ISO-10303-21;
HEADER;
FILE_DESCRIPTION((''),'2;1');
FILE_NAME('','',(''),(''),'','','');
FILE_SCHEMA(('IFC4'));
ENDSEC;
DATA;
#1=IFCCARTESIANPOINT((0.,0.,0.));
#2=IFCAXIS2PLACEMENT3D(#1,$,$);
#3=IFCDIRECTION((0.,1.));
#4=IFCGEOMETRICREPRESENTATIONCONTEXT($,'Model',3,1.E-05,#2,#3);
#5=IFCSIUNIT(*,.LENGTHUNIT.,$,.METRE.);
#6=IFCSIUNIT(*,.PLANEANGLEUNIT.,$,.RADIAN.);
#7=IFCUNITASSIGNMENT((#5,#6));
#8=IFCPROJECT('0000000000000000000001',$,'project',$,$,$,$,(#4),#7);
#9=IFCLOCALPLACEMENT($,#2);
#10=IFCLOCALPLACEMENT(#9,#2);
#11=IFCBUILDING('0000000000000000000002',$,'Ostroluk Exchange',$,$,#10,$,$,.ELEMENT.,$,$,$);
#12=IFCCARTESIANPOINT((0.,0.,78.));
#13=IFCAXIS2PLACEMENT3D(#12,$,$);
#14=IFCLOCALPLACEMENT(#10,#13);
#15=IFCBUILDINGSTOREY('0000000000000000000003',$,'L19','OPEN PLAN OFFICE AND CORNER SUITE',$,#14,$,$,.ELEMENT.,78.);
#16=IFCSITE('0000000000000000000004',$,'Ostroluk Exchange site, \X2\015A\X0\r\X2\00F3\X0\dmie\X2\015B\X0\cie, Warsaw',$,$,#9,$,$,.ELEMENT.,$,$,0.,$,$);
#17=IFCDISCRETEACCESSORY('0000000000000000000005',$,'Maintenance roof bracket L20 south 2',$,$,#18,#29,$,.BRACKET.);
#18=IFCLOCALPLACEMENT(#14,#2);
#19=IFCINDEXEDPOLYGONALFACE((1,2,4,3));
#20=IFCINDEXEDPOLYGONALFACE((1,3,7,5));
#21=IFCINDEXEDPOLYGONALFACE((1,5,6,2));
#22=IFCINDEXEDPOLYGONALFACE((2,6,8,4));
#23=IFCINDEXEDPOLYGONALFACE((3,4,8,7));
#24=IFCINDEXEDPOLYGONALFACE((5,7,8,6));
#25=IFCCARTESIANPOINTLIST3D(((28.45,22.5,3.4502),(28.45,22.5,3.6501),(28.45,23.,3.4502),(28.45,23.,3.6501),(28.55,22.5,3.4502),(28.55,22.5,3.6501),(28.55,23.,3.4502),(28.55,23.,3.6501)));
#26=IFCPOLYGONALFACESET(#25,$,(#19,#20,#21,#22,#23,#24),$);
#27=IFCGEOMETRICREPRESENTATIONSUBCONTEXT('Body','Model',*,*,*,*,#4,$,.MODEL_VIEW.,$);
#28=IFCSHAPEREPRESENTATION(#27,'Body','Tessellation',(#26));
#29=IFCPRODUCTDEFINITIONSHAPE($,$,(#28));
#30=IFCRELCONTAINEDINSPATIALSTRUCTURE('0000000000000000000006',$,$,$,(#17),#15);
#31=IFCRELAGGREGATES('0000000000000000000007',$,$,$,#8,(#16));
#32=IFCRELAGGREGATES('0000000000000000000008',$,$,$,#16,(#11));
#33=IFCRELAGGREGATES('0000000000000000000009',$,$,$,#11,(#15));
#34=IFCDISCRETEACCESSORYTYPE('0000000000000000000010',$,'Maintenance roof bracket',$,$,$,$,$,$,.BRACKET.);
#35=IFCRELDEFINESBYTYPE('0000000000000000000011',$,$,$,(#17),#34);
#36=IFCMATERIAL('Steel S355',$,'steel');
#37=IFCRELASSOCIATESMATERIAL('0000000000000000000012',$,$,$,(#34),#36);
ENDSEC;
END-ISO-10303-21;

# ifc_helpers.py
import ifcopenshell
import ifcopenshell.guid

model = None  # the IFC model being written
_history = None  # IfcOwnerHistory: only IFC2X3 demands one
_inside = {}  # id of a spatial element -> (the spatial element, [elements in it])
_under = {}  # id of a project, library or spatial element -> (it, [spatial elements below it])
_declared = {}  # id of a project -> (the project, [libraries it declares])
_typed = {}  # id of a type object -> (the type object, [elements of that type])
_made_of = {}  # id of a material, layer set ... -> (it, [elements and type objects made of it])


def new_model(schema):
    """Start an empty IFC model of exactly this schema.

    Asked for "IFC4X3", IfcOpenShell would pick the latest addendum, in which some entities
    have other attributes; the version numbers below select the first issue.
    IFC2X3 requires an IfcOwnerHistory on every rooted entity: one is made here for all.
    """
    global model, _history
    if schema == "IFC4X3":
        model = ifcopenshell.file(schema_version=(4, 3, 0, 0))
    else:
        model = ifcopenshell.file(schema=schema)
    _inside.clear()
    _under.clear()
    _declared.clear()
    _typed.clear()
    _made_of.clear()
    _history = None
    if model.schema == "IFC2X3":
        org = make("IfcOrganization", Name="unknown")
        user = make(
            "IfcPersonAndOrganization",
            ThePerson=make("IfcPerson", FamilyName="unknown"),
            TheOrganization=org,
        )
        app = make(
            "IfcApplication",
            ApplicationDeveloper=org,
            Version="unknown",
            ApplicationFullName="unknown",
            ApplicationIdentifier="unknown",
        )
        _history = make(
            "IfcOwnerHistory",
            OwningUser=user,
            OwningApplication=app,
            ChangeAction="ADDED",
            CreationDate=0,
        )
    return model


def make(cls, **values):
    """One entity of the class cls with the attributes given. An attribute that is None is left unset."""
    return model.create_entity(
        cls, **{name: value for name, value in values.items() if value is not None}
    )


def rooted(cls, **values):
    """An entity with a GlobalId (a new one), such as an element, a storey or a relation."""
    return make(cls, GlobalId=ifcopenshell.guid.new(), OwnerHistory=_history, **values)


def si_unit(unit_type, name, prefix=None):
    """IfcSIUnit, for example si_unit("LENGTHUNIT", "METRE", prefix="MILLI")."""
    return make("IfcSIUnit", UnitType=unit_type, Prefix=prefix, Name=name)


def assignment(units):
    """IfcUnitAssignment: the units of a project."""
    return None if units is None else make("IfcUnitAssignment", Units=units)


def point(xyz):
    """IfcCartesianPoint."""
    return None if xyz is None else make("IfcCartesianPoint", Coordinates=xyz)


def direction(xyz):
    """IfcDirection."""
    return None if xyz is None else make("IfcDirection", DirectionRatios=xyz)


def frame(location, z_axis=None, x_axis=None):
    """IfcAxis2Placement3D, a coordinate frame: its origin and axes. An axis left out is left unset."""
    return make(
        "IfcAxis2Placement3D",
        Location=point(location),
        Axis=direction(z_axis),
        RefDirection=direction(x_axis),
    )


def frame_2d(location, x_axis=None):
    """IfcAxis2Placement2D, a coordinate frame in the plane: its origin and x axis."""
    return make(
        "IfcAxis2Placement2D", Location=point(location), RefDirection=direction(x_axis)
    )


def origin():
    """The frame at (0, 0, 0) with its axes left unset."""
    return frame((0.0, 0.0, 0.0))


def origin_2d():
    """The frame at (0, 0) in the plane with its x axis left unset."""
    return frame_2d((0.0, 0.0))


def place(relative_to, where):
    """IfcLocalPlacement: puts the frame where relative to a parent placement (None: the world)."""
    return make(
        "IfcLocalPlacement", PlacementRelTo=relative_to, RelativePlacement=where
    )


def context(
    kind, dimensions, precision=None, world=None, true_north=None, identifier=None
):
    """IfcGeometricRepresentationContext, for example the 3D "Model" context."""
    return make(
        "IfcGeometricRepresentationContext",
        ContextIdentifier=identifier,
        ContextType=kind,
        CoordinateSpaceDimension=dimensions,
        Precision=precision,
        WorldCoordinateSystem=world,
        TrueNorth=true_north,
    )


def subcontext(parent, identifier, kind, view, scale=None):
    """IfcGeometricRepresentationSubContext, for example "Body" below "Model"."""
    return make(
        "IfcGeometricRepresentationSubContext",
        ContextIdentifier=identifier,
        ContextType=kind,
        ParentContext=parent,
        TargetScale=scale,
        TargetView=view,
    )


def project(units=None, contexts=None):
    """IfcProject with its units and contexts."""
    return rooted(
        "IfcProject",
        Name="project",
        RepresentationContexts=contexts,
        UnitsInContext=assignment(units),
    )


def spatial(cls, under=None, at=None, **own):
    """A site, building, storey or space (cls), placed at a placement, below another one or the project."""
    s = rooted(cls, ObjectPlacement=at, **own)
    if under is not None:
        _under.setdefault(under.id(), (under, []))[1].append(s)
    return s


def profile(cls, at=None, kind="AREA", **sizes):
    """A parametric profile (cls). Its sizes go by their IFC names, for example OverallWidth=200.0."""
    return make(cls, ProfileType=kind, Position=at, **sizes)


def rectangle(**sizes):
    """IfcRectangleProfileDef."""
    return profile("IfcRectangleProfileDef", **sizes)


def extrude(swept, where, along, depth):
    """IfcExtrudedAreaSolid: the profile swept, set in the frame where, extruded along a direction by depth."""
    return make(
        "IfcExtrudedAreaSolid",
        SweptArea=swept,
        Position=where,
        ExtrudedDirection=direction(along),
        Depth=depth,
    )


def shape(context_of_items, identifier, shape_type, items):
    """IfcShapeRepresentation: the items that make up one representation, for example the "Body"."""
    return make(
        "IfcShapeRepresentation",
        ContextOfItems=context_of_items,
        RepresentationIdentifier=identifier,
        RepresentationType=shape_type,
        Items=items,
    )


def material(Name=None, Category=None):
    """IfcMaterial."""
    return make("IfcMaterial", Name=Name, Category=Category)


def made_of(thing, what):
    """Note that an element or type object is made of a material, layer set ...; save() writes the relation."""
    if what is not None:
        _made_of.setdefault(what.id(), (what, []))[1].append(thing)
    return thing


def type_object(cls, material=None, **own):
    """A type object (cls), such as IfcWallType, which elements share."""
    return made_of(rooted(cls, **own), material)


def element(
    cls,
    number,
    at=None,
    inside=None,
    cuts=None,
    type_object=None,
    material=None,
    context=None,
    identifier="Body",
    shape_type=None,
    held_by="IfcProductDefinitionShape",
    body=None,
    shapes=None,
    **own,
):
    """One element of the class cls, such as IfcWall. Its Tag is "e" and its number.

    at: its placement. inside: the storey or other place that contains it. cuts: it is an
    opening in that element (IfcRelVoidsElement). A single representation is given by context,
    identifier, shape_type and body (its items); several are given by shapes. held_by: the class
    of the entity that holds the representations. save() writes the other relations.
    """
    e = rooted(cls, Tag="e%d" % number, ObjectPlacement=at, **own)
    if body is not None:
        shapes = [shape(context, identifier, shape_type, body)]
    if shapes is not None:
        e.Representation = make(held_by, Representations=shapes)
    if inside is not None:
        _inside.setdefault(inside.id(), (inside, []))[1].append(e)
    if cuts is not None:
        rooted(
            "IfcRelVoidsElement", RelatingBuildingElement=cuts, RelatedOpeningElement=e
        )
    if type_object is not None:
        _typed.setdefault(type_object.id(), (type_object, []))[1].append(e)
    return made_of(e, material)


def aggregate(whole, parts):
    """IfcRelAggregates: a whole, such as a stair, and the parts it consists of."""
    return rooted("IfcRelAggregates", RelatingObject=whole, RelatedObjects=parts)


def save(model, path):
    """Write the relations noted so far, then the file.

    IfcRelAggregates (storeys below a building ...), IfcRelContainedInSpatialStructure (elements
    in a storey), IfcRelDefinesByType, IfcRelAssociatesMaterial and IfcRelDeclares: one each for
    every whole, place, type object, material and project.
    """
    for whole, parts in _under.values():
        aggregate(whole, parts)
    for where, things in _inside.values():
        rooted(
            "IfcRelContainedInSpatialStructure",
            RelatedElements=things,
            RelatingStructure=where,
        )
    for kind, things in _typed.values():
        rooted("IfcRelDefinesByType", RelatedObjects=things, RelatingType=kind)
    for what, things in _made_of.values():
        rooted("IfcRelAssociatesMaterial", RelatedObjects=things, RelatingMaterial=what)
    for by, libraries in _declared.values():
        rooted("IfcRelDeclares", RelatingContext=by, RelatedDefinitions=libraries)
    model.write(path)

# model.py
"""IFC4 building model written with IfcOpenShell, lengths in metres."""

from ifc_helpers import new_model, si_unit, direction, frame, origin, origin_2d, place, context, subcontext, project, spatial, rectangle, extrude, material, type_object, element, save


model = new_model("IFC4")

# Units and contexts
model_context = context("Model", 3, precision=1e-05, world=origin(), true_north=direction((0.0, 1.0)))
body_context = subcontext(model_context, "Body", "Model", "MODEL_VIEW")
ifc_project = project(units=[si_unit("LENGTHUNIT", "METRE"), si_unit("PLANEANGLEUNIT", "RADIAN")], contexts=[model_context])

# Site, building, storey
site_placement = place(None, origin())
site = spatial("IfcSite", under=ifc_project, at=site_placement, Name="Ostroluk Exchange site, Śródmieście, Warsaw", CompositionType="ELEMENT", RefElevation=0.0)
building_placement = place(site_placement, origin())
building = spatial("IfcBuilding", under=site, at=building_placement, Name="Ostroluk Exchange", CompositionType="ELEMENT")
storey_placement = place(building_placement, frame((0.0, 0.0, 78.0)))
storey = spatial("IfcBuildingStorey", under=building, at=storey_placement, Name="L19", Description="OPEN PLAN OFFICE AND CORNER SUITE", CompositionType="ELEMENT", Elevation=78.0)

# Discrete accessory
ifc_material_1 = material(Name="Steel S355", Category="steel")
discrete_accessory_type = type_object("IfcDiscreteAccessoryType", Name="Maintenance roof bracket", PredefinedType="BRACKET", material=ifc_material_1)
for number, where, z_axis, x_axis, name in (
    (1, (28.5, 22.75, 3.4502), (0.0, 0.0, 1.0), (1.0, 0.0, 0.0), "Maintenance roof bracket L20 south 2"),
):
    element("IfcDiscreteAccessory", number, at=place(storey_placement, frame(where, z_axis=z_axis, x_axis=x_axis)), inside=storey, type_object=discrete_accessory_type, Name=name, PredefinedType="BRACKET", context=body_context, shape_type="SweptSolid", body=[
        extrude(rectangle(XDim=0.1001, YDim=0.5, at=origin_2d()), origin(), (0.0, 0.0, 1.0), 0.2),
    ])

save(model, "model.ifc")
